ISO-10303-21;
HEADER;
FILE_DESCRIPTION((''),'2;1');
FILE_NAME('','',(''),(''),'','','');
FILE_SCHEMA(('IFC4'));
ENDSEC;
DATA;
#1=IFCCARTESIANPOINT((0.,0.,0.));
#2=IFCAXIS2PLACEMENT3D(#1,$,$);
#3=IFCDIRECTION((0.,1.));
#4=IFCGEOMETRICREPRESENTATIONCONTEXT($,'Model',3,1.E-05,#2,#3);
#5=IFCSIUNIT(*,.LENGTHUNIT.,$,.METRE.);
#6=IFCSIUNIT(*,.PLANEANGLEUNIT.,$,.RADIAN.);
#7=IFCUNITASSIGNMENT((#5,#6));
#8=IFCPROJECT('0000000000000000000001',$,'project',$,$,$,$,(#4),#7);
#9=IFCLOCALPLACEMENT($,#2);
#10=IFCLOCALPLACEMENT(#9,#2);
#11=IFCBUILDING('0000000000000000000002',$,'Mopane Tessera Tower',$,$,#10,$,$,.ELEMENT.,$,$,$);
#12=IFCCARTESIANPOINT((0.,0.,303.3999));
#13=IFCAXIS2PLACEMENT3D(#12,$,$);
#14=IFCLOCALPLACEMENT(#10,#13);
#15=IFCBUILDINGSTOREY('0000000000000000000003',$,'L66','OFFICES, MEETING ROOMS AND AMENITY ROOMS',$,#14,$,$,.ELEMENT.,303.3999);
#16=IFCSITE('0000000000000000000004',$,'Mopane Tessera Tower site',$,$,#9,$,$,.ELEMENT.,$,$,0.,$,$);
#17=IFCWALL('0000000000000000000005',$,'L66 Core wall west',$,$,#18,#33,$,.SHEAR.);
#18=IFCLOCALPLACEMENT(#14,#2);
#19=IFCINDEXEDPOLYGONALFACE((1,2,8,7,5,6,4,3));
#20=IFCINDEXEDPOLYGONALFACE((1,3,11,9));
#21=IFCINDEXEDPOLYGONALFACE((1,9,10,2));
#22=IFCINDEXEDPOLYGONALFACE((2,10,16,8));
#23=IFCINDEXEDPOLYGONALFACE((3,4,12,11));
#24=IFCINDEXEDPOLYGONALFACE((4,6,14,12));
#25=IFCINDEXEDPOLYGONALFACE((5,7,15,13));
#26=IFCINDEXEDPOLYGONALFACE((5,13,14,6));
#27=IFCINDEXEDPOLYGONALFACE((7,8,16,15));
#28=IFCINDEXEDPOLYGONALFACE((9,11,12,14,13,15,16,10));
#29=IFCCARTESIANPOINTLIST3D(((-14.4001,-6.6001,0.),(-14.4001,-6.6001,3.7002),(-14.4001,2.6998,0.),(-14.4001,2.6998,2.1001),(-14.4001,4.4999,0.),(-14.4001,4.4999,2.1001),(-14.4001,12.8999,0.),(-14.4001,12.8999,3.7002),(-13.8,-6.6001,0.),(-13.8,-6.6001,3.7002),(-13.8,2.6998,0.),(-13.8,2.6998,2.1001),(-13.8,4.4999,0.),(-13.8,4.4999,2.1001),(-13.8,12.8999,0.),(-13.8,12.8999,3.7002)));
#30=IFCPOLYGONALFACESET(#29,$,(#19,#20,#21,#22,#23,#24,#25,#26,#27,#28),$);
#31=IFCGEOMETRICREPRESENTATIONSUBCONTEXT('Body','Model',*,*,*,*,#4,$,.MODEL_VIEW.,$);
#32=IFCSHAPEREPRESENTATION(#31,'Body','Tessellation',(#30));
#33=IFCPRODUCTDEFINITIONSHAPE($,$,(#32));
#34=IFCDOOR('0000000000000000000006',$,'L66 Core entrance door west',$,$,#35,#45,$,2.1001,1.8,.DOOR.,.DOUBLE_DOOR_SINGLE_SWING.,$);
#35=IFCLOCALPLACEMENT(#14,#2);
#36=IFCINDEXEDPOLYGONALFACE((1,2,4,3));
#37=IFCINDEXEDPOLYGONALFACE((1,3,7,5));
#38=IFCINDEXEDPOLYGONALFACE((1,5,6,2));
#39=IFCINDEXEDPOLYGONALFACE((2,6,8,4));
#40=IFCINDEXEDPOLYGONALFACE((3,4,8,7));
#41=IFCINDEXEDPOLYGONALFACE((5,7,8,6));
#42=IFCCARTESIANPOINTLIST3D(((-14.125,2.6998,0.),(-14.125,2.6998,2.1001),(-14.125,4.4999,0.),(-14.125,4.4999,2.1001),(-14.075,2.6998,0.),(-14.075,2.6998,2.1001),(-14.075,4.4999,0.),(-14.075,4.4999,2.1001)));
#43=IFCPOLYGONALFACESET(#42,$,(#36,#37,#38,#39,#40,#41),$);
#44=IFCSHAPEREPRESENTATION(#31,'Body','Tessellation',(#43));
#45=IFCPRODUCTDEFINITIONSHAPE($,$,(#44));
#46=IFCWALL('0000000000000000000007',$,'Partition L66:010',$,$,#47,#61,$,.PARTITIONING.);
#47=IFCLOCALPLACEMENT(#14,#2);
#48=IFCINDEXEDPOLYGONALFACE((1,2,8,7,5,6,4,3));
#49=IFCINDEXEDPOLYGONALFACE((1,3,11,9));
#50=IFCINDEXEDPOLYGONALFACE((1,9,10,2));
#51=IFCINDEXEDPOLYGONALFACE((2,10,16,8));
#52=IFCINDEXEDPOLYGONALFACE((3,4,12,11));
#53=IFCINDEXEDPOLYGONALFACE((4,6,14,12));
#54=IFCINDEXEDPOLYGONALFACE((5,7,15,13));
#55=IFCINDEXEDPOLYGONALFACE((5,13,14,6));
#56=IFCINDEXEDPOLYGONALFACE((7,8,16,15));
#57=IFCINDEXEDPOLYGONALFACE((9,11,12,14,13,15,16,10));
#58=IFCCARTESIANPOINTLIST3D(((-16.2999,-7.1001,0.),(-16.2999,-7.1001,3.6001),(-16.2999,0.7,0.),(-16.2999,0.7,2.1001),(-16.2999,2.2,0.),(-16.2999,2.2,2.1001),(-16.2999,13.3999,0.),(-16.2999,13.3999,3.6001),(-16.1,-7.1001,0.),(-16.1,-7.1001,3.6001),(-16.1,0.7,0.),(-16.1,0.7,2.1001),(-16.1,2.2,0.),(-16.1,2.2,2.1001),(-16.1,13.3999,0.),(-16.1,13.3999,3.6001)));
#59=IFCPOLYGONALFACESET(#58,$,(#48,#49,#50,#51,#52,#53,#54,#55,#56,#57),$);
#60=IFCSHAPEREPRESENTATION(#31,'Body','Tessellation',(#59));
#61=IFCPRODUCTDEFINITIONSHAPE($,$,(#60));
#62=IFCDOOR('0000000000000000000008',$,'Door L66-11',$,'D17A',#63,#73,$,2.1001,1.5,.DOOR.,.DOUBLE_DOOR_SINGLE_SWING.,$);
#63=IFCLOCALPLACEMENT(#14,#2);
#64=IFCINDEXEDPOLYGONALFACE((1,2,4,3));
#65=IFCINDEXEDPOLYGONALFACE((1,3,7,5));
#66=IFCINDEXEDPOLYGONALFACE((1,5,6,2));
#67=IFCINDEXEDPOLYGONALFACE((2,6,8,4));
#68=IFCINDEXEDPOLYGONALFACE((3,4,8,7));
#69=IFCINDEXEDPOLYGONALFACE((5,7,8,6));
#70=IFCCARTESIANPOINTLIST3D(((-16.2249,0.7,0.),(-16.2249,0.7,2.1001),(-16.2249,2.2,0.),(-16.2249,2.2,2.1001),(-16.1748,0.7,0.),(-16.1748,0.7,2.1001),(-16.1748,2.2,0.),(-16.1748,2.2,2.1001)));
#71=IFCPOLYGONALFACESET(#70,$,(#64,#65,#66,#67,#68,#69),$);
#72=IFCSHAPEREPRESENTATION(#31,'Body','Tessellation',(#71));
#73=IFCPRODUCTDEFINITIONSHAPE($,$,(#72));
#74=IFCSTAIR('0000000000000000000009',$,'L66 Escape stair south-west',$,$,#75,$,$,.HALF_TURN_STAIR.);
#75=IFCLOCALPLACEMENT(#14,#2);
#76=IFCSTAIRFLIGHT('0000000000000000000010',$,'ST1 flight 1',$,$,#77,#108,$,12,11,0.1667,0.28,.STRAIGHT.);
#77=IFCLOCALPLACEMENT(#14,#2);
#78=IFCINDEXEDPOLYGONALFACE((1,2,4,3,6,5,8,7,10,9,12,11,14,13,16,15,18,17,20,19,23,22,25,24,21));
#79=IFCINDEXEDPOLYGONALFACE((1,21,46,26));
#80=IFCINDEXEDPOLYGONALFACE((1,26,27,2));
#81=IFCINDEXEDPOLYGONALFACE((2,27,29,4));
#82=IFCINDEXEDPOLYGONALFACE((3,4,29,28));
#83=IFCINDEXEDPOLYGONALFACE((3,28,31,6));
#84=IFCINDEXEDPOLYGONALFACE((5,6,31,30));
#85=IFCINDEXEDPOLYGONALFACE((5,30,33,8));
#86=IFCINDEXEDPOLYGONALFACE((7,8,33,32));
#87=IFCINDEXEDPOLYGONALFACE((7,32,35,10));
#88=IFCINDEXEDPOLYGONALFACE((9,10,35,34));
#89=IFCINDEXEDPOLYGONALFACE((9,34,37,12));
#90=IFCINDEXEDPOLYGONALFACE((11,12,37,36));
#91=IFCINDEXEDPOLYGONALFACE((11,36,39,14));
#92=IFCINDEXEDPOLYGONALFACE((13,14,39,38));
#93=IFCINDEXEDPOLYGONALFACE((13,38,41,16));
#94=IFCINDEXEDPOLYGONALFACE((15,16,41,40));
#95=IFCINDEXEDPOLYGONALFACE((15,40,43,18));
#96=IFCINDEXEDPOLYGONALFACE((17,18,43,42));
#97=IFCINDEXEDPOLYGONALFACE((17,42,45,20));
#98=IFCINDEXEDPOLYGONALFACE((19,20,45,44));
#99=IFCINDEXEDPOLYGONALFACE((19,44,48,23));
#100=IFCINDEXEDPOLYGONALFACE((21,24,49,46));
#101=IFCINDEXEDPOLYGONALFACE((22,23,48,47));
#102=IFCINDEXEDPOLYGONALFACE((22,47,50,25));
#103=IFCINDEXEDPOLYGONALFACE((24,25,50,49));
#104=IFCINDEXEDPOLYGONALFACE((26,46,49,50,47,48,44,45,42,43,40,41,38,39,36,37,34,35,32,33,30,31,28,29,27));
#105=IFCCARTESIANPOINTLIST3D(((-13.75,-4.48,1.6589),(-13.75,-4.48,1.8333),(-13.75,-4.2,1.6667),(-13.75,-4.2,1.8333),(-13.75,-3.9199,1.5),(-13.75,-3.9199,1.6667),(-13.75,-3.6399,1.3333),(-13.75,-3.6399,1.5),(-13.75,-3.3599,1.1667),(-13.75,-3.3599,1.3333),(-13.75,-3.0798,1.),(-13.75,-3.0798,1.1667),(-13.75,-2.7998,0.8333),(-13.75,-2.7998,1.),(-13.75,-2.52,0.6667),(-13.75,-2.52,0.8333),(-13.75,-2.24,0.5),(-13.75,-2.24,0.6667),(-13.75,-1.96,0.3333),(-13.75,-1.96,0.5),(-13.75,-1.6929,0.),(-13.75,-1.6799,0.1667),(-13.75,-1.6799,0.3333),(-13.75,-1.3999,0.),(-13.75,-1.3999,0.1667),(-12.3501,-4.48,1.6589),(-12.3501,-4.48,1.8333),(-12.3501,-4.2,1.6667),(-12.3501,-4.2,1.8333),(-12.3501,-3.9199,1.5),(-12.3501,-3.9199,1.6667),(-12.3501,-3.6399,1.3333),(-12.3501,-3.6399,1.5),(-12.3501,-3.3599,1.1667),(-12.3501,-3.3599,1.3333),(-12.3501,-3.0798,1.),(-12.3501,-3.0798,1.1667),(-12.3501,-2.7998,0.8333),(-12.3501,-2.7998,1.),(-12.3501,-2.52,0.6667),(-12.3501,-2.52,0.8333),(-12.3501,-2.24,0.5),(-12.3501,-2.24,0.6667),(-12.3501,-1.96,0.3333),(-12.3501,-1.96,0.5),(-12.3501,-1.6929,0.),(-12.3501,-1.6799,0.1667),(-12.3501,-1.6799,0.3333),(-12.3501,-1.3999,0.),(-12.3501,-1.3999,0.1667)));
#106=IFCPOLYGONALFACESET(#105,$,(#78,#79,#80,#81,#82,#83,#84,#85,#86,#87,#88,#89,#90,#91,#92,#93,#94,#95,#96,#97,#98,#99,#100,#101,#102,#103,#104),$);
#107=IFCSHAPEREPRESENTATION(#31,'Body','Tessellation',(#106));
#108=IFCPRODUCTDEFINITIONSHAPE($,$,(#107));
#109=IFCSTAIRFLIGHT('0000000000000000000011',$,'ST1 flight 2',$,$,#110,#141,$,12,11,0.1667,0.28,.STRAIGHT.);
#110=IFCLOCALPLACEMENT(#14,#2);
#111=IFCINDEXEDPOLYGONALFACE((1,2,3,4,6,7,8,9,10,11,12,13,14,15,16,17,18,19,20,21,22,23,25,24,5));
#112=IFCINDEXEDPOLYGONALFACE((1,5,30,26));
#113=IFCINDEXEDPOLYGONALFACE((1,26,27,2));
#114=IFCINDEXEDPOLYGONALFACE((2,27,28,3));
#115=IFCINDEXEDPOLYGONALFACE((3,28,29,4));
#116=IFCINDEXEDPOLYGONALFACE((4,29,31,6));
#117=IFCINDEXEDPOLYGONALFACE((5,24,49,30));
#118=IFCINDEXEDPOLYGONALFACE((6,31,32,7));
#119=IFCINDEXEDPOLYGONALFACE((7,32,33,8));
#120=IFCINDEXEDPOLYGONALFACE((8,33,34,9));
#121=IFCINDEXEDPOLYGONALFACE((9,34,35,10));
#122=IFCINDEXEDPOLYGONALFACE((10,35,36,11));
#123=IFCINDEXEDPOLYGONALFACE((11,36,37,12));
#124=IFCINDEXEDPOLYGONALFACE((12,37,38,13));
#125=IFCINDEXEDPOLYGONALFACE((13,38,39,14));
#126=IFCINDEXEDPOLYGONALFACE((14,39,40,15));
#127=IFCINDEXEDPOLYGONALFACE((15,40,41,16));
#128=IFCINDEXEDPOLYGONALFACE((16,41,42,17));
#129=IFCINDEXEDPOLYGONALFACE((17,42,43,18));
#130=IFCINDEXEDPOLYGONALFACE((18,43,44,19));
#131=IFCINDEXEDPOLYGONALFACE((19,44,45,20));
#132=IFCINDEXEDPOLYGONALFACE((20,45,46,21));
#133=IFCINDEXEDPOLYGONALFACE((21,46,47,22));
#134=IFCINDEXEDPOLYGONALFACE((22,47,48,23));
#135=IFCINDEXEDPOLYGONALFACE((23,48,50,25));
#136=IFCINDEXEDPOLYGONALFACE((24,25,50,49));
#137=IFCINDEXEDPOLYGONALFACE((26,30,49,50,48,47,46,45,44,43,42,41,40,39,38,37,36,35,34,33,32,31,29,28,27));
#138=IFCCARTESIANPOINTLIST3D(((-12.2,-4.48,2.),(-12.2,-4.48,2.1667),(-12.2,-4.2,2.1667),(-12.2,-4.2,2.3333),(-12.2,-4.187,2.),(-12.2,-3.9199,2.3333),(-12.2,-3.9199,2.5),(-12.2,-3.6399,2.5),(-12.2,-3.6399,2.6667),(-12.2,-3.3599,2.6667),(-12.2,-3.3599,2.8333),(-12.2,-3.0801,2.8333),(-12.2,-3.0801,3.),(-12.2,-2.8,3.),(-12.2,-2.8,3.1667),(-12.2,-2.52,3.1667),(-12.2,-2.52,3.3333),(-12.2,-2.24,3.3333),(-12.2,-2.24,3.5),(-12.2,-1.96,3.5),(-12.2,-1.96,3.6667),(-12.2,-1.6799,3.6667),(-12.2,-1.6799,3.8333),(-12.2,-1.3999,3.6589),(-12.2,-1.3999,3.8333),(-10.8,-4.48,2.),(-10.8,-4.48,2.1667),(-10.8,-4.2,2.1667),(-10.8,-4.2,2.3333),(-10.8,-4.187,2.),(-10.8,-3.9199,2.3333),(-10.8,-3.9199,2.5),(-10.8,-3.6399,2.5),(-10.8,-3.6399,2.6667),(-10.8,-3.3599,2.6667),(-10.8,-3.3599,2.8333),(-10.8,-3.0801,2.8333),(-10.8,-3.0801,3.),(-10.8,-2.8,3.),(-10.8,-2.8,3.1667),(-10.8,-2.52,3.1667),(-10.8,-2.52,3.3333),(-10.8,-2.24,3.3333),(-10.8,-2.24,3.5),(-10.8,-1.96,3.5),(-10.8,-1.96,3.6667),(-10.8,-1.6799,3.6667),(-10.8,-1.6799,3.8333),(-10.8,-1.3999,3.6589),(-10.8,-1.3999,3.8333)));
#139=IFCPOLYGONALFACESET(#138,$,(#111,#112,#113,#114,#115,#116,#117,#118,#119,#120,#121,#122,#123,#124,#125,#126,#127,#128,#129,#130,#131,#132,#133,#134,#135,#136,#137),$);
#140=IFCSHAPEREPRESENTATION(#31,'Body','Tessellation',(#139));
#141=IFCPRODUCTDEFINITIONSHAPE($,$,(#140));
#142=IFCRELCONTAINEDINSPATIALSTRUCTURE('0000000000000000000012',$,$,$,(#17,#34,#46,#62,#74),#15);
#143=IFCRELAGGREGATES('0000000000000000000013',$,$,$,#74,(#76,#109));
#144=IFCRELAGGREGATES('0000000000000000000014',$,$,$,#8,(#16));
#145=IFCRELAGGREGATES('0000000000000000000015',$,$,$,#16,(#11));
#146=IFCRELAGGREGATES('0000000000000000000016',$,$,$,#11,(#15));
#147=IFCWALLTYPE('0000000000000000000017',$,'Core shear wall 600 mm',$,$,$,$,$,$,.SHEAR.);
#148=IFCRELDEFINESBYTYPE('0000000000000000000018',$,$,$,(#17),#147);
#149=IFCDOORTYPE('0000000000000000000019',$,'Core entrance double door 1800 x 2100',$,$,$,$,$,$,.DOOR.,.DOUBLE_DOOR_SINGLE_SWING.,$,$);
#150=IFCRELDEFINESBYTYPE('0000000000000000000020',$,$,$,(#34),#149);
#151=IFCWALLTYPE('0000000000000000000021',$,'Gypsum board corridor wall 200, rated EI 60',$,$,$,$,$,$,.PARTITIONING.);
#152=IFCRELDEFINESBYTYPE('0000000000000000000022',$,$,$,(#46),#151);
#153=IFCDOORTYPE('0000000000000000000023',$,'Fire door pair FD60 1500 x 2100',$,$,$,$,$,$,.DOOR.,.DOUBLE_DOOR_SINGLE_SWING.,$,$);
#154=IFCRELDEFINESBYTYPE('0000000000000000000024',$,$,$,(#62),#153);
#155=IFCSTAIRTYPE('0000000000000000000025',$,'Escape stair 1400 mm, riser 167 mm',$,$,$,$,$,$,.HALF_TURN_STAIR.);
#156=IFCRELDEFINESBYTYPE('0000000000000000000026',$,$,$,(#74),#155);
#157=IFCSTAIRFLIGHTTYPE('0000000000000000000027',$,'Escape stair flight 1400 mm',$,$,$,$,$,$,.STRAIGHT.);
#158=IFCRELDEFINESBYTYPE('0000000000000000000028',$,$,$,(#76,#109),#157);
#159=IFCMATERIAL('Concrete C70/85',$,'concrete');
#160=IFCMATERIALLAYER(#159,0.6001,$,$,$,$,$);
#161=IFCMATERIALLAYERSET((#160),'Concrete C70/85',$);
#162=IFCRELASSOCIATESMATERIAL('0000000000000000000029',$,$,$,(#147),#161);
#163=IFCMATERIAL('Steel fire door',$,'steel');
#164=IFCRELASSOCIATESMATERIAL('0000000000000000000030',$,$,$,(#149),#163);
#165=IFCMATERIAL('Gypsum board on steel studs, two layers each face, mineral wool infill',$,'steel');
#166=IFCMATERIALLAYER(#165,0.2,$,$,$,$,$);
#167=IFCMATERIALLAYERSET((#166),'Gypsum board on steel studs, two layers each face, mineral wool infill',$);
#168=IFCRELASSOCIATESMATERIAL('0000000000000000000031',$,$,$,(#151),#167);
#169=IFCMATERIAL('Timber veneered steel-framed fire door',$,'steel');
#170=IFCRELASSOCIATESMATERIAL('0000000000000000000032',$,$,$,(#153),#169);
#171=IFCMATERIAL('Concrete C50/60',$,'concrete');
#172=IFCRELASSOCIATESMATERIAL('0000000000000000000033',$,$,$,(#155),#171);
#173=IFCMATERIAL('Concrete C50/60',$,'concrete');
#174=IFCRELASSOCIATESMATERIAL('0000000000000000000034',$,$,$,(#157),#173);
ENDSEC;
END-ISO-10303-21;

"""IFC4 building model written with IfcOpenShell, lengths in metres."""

from ifc_helpers import new_model, si_unit, direction, frame, frame_2d, origin, place, context, subcontext, project, spatial, polyline, rectangle, outline, extrude, material, layer, layer_set, type_object, element, fill, aggregate, save


model = new_model("IFC4")

# Units and contexts
model_context = context("Model", 3, precision=1e-05, world=origin(), true_north=direction((0.0, 1.0)))
body_context = subcontext(model_context, "Body", "Model", "MODEL_VIEW")
ifc_project = project(units=[si_unit("LENGTHUNIT", "METRE"), si_unit("PLANEANGLEUNIT", "RADIAN")], contexts=[model_context])

# Site, building, storey
site_placement = place(None, origin())
site = spatial("IfcSite", under=ifc_project, at=site_placement, Name="Mopane Tessera Tower site", CompositionType="ELEMENT", RefElevation=0.0)
building_placement = place(site_placement, origin())
building = spatial("IfcBuilding", under=site, at=building_placement, Name="Mopane Tessera Tower", CompositionType="ELEMENT")
storey_placement = place(building_placement, frame((0.0, 0.0, 303.3999)))
storey = spatial("IfcBuildingStorey", under=building, at=storey_placement, Name="L66", Description="OFFICES, MEETING ROOMS AND AMENITY ROOMS", CompositionType="ELEMENT", Elevation=303.3999)

# Shared definitions
ifc_material_1 = material(Name="Concrete C70/85", Category="concrete")
ifc_layer_1 = layer(ifc_material_1, 0.6001)
ifc_layer_set_1 = layer_set([ifc_layer_1], Name="Concrete C70/85")
wall_type_1 = type_object("IfcWallType", Name="Core shear wall 600 mm", PredefinedType="SHEAR", material=ifc_layer_set_1)
ifc_material_2 = material(Name="Steel fire door", Category="steel")
door_type_1 = type_object("IfcDoorType", Name="Core entrance double door 1800 x 2100", OperationType="DOUBLE_DOOR_SINGLE_SWING", PredefinedType="DOOR", material=ifc_material_2)

# Walls, openings, doors
wall_1_placement = place(storey_placement, frame((-14.1001, -6.6001, 0.0), z_axis=(0.0, 0.0, 1.0), x_axis=(0.0, 1.0, 0.0)))
wall_1 = element("IfcWall", 1, at=wall_1_placement, inside=storey, type_object=wall_type_1, Name="L66 Core wall west", PredefinedType="SHEAR", context=body_context, shape_type="SweptSolid", body=[
    extrude(rectangle(XDim=19.5, YDim=0.6001, at=frame_2d((9.75, 0.0))), origin(), (0.0, 0.0, 1.0), 3.7002),
])
opening_1_placement = place(wall_1_placement, frame((9.3, 0.0, 0.0)))
opening_1 = element("IfcOpeningElement", 2, at=opening_1_placement, cuts=wall_1, PredefinedType="OPENING", context=body_context, shape_type="SweptSolid", body=[
    extrude(rectangle(XDim=1.8, YDim=2.1001, at=frame_2d((0.8999, 1.05))), frame((0.0, 0.312, 0.0), z_axis=(0.0, -1.0, 0.0), x_axis=(1.0, 0.0, 0.0)), (0.0, 0.0, 1.0), 0.624),
])
door_1_placement = place(opening_1_placement, origin())
door_1 = element("IfcDoor", 3, at=door_1_placement, inside=storey, type_object=door_type_1, Name="L66 Core entrance door west", OperationType="DOUBLE_DOOR_SINGLE_SWING", OverallHeight=2.1001, OverallWidth=1.8, PredefinedType="DOOR", context=body_context, shape_type="SweptSolid", body=[
    extrude(rectangle(XDim=1.8, YDim=2.1001, at=frame_2d((0.8999, 1.05))), frame((0.0, 0.0249, 0.0), z_axis=(0.0, -1.0, 0.0), x_axis=(1.0, 0.0, 0.0)), (0.0, 0.0, 1.0), 0.05),
])
fill(opening_1, door_1)
ifc_material_3 = material(Name="Gypsum board on steel studs, two layers each face, mineral wool infill", Category="steel")
ifc_layer_2 = layer(ifc_material_3, 0.2)
ifc_layer_set_2 = layer_set([ifc_layer_2], Name="Gypsum board on steel studs, two layers each face, mineral wool infill")
wall_type_2 = type_object("IfcWallType", Name="Gypsum board corridor wall 200, rated EI 60", PredefinedType="PARTITIONING", material=ifc_layer_set_2)
wall_2_placement = place(storey_placement, frame((-16.2, -7.1001, 0.0), z_axis=(0.0, 0.0, 1.0), x_axis=(0.0, 1.0, 0.0)))
wall_2 = element("IfcWall", 4, at=wall_2_placement, inside=storey, type_object=wall_type_2, Name="Partition L66:010", PredefinedType="PARTITIONING", context=body_context, shape_type="SweptSolid", body=[
    extrude(rectangle(XDim=20.5, YDim=0.2, at=frame_2d((10.25, 0.0))), origin(), (0.0, 0.0, 1.0), 3.6001),
])
opening_2_placement = place(wall_2_placement, frame((7.8, 0.0, 0.0)))
opening_2 = element("IfcOpeningElement", 5, at=opening_2_placement, cuts=wall_2, PredefinedType="OPENING", context=body_context, shape_type="SweptSolid", body=[
    extrude(rectangle(XDim=1.5, YDim=2.1001, at=frame_2d((0.75, 1.05))), frame((0.0, 0.1121, 0.0), z_axis=(0.0, -1.0, 0.0), x_axis=(1.0, 0.0, 0.0)), (0.0, 0.0, 1.0), 0.2239),
])
ifc_material_4 = material(Name="Timber veneered steel-framed fire door", Category="steel")
door_type_2 = type_object("IfcDoorType", Name="Fire door pair FD60 1500 x 2100", OperationType="DOUBLE_DOOR_SINGLE_SWING", PredefinedType="DOOR", material=ifc_material_4)
door_2_placement = place(opening_2_placement, origin())
door_2 = element("IfcDoor", 6, at=door_2_placement, inside=storey, type_object=door_type_2, Name="Door L66-11", ObjectType="D17A", OperationType="DOUBLE_DOOR_SINGLE_SWING", OverallHeight=2.1001, OverallWidth=1.5, PredefinedType="DOOR", context=body_context, shape_type="SweptSolid", body=[
    extrude(rectangle(XDim=1.5, YDim=2.1001, at=frame_2d((0.75, 1.05))), frame((0.0, 0.0249, 0.0), z_axis=(0.0, -1.0, 0.0), x_axis=(1.0, 0.0, 0.0)), (0.0, 0.0, 1.0), 0.05),
])
fill(opening_2, door_2)

# Stair, stair flights
ifc_material_5 = material(Name="Concrete C50/60", Category="concrete")
stair_type = type_object("IfcStairType", Name="Escape stair 1400 mm, riser 167 mm", PredefinedType="HALF_TURN_STAIR", material=ifc_material_5)
stair_placement = place(storey_placement, origin())
stair = element("IfcStair", 7, at=stair_placement, inside=storey, type_object=stair_type, Name="L66 Escape stair south-west", PredefinedType="HALF_TURN_STAIR")
ifc_material_6 = material(Name="Concrete C50/60", Category="concrete")
stair_flight_type = type_object("IfcStairFlightType", Name="Escape stair flight 1400 mm", PredefinedType="STRAIGHT", material=ifc_material_6)
stair_flight_1_placement = place(storey_placement, frame((-13.05, -1.3999, 0.0), z_axis=(0.0, 0.0, 1.0), x_axis=(0.0, -1.0, 0.0)))
stair_flight_1 = element("IfcStairFlight", 8, at=stair_flight_1_placement, type_object=stair_flight_type, Name="ST1 flight 1", NumberOfRisers=12, NumberOfTreads=11, PredefinedType="STRAIGHT", RiserHeight=0.1667, TreadLength=0.28, context=body_context, shape_type="SweptSolid", body=[
    extrude(outline(polyline([(0.0, 0.0), (0.0, 0.1667), (0.28, 0.1667), (0.28, 0.3333), (0.5601, 0.3333), (0.5601, 0.5), (0.8401, 0.5), (0.8401, 0.6667), (1.1201, 0.6667), (1.1201, 0.8333), (1.3999, 0.8333), (1.3999, 1.0), (1.6799, 1.0), (1.6799, 1.1667), (1.96, 1.1667), (1.96, 1.3333), (2.24, 1.3333), (2.24, 1.5), (2.52, 1.5), (2.52, 1.6667), (2.8, 1.6667), (2.8, 1.8333), (3.0801, 1.8333), (3.0801, 2.0), (3.0801, 1.6589), (0.293, 0.0), (0.0, 0.0)])), frame((0.0, 0.7, 0.0), z_axis=(0.0, -1.0, 0.0), x_axis=(1.0, 0.0, 0.0)), (0.0, 0.0, 1.0), 1.3999),
])
stair_flight_2_placement = place(storey_placement, frame((-11.5, -4.48, 2.0), z_axis=(0.0, 0.0, 1.0), x_axis=(0.0, 1.0, 0.0)))
stair_flight_2 = element("IfcStairFlight", 9, at=stair_flight_2_placement, type_object=stair_flight_type, Name="ST1 flight 2", NumberOfRisers=12, NumberOfTreads=11, PredefinedType="STRAIGHT", RiserHeight=0.1667, TreadLength=0.28, context=body_context, shape_type="SweptSolid", body=[
    extrude(outline(polyline([(0.0, 0.0), (0.0, 0.1667), (0.28, 0.1667), (0.28, 0.3333), (0.5601, 0.3333), (0.5601, 0.5), (0.8401, 0.5), (0.8401, 0.6667), (1.1201, 0.6667), (1.1201, 0.8333), (1.3999, 0.8333), (1.3999, 1.0), (1.6799, 1.0), (1.6799, 1.1667), (1.96, 1.1667), (1.96, 1.3333), (2.24, 1.3333), (2.24, 1.5), (2.52, 1.5), (2.52, 1.6667), (2.8, 1.6667), (2.8, 1.8333), (3.0801, 1.8333), (3.0801, 2.0), (3.0801, 1.6589), (0.293, 0.0), (0.0, 0.0)])), frame((0.0, 0.7, 0.0), z_axis=(0.0, -1.0, 0.0), x_axis=(1.0, 0.0, 0.0)), (0.0, 0.0, 1.0), 1.3999),
])
aggregate(stair, [stair_flight_1, stair_flight_2])

save(model, "model.ifc")
